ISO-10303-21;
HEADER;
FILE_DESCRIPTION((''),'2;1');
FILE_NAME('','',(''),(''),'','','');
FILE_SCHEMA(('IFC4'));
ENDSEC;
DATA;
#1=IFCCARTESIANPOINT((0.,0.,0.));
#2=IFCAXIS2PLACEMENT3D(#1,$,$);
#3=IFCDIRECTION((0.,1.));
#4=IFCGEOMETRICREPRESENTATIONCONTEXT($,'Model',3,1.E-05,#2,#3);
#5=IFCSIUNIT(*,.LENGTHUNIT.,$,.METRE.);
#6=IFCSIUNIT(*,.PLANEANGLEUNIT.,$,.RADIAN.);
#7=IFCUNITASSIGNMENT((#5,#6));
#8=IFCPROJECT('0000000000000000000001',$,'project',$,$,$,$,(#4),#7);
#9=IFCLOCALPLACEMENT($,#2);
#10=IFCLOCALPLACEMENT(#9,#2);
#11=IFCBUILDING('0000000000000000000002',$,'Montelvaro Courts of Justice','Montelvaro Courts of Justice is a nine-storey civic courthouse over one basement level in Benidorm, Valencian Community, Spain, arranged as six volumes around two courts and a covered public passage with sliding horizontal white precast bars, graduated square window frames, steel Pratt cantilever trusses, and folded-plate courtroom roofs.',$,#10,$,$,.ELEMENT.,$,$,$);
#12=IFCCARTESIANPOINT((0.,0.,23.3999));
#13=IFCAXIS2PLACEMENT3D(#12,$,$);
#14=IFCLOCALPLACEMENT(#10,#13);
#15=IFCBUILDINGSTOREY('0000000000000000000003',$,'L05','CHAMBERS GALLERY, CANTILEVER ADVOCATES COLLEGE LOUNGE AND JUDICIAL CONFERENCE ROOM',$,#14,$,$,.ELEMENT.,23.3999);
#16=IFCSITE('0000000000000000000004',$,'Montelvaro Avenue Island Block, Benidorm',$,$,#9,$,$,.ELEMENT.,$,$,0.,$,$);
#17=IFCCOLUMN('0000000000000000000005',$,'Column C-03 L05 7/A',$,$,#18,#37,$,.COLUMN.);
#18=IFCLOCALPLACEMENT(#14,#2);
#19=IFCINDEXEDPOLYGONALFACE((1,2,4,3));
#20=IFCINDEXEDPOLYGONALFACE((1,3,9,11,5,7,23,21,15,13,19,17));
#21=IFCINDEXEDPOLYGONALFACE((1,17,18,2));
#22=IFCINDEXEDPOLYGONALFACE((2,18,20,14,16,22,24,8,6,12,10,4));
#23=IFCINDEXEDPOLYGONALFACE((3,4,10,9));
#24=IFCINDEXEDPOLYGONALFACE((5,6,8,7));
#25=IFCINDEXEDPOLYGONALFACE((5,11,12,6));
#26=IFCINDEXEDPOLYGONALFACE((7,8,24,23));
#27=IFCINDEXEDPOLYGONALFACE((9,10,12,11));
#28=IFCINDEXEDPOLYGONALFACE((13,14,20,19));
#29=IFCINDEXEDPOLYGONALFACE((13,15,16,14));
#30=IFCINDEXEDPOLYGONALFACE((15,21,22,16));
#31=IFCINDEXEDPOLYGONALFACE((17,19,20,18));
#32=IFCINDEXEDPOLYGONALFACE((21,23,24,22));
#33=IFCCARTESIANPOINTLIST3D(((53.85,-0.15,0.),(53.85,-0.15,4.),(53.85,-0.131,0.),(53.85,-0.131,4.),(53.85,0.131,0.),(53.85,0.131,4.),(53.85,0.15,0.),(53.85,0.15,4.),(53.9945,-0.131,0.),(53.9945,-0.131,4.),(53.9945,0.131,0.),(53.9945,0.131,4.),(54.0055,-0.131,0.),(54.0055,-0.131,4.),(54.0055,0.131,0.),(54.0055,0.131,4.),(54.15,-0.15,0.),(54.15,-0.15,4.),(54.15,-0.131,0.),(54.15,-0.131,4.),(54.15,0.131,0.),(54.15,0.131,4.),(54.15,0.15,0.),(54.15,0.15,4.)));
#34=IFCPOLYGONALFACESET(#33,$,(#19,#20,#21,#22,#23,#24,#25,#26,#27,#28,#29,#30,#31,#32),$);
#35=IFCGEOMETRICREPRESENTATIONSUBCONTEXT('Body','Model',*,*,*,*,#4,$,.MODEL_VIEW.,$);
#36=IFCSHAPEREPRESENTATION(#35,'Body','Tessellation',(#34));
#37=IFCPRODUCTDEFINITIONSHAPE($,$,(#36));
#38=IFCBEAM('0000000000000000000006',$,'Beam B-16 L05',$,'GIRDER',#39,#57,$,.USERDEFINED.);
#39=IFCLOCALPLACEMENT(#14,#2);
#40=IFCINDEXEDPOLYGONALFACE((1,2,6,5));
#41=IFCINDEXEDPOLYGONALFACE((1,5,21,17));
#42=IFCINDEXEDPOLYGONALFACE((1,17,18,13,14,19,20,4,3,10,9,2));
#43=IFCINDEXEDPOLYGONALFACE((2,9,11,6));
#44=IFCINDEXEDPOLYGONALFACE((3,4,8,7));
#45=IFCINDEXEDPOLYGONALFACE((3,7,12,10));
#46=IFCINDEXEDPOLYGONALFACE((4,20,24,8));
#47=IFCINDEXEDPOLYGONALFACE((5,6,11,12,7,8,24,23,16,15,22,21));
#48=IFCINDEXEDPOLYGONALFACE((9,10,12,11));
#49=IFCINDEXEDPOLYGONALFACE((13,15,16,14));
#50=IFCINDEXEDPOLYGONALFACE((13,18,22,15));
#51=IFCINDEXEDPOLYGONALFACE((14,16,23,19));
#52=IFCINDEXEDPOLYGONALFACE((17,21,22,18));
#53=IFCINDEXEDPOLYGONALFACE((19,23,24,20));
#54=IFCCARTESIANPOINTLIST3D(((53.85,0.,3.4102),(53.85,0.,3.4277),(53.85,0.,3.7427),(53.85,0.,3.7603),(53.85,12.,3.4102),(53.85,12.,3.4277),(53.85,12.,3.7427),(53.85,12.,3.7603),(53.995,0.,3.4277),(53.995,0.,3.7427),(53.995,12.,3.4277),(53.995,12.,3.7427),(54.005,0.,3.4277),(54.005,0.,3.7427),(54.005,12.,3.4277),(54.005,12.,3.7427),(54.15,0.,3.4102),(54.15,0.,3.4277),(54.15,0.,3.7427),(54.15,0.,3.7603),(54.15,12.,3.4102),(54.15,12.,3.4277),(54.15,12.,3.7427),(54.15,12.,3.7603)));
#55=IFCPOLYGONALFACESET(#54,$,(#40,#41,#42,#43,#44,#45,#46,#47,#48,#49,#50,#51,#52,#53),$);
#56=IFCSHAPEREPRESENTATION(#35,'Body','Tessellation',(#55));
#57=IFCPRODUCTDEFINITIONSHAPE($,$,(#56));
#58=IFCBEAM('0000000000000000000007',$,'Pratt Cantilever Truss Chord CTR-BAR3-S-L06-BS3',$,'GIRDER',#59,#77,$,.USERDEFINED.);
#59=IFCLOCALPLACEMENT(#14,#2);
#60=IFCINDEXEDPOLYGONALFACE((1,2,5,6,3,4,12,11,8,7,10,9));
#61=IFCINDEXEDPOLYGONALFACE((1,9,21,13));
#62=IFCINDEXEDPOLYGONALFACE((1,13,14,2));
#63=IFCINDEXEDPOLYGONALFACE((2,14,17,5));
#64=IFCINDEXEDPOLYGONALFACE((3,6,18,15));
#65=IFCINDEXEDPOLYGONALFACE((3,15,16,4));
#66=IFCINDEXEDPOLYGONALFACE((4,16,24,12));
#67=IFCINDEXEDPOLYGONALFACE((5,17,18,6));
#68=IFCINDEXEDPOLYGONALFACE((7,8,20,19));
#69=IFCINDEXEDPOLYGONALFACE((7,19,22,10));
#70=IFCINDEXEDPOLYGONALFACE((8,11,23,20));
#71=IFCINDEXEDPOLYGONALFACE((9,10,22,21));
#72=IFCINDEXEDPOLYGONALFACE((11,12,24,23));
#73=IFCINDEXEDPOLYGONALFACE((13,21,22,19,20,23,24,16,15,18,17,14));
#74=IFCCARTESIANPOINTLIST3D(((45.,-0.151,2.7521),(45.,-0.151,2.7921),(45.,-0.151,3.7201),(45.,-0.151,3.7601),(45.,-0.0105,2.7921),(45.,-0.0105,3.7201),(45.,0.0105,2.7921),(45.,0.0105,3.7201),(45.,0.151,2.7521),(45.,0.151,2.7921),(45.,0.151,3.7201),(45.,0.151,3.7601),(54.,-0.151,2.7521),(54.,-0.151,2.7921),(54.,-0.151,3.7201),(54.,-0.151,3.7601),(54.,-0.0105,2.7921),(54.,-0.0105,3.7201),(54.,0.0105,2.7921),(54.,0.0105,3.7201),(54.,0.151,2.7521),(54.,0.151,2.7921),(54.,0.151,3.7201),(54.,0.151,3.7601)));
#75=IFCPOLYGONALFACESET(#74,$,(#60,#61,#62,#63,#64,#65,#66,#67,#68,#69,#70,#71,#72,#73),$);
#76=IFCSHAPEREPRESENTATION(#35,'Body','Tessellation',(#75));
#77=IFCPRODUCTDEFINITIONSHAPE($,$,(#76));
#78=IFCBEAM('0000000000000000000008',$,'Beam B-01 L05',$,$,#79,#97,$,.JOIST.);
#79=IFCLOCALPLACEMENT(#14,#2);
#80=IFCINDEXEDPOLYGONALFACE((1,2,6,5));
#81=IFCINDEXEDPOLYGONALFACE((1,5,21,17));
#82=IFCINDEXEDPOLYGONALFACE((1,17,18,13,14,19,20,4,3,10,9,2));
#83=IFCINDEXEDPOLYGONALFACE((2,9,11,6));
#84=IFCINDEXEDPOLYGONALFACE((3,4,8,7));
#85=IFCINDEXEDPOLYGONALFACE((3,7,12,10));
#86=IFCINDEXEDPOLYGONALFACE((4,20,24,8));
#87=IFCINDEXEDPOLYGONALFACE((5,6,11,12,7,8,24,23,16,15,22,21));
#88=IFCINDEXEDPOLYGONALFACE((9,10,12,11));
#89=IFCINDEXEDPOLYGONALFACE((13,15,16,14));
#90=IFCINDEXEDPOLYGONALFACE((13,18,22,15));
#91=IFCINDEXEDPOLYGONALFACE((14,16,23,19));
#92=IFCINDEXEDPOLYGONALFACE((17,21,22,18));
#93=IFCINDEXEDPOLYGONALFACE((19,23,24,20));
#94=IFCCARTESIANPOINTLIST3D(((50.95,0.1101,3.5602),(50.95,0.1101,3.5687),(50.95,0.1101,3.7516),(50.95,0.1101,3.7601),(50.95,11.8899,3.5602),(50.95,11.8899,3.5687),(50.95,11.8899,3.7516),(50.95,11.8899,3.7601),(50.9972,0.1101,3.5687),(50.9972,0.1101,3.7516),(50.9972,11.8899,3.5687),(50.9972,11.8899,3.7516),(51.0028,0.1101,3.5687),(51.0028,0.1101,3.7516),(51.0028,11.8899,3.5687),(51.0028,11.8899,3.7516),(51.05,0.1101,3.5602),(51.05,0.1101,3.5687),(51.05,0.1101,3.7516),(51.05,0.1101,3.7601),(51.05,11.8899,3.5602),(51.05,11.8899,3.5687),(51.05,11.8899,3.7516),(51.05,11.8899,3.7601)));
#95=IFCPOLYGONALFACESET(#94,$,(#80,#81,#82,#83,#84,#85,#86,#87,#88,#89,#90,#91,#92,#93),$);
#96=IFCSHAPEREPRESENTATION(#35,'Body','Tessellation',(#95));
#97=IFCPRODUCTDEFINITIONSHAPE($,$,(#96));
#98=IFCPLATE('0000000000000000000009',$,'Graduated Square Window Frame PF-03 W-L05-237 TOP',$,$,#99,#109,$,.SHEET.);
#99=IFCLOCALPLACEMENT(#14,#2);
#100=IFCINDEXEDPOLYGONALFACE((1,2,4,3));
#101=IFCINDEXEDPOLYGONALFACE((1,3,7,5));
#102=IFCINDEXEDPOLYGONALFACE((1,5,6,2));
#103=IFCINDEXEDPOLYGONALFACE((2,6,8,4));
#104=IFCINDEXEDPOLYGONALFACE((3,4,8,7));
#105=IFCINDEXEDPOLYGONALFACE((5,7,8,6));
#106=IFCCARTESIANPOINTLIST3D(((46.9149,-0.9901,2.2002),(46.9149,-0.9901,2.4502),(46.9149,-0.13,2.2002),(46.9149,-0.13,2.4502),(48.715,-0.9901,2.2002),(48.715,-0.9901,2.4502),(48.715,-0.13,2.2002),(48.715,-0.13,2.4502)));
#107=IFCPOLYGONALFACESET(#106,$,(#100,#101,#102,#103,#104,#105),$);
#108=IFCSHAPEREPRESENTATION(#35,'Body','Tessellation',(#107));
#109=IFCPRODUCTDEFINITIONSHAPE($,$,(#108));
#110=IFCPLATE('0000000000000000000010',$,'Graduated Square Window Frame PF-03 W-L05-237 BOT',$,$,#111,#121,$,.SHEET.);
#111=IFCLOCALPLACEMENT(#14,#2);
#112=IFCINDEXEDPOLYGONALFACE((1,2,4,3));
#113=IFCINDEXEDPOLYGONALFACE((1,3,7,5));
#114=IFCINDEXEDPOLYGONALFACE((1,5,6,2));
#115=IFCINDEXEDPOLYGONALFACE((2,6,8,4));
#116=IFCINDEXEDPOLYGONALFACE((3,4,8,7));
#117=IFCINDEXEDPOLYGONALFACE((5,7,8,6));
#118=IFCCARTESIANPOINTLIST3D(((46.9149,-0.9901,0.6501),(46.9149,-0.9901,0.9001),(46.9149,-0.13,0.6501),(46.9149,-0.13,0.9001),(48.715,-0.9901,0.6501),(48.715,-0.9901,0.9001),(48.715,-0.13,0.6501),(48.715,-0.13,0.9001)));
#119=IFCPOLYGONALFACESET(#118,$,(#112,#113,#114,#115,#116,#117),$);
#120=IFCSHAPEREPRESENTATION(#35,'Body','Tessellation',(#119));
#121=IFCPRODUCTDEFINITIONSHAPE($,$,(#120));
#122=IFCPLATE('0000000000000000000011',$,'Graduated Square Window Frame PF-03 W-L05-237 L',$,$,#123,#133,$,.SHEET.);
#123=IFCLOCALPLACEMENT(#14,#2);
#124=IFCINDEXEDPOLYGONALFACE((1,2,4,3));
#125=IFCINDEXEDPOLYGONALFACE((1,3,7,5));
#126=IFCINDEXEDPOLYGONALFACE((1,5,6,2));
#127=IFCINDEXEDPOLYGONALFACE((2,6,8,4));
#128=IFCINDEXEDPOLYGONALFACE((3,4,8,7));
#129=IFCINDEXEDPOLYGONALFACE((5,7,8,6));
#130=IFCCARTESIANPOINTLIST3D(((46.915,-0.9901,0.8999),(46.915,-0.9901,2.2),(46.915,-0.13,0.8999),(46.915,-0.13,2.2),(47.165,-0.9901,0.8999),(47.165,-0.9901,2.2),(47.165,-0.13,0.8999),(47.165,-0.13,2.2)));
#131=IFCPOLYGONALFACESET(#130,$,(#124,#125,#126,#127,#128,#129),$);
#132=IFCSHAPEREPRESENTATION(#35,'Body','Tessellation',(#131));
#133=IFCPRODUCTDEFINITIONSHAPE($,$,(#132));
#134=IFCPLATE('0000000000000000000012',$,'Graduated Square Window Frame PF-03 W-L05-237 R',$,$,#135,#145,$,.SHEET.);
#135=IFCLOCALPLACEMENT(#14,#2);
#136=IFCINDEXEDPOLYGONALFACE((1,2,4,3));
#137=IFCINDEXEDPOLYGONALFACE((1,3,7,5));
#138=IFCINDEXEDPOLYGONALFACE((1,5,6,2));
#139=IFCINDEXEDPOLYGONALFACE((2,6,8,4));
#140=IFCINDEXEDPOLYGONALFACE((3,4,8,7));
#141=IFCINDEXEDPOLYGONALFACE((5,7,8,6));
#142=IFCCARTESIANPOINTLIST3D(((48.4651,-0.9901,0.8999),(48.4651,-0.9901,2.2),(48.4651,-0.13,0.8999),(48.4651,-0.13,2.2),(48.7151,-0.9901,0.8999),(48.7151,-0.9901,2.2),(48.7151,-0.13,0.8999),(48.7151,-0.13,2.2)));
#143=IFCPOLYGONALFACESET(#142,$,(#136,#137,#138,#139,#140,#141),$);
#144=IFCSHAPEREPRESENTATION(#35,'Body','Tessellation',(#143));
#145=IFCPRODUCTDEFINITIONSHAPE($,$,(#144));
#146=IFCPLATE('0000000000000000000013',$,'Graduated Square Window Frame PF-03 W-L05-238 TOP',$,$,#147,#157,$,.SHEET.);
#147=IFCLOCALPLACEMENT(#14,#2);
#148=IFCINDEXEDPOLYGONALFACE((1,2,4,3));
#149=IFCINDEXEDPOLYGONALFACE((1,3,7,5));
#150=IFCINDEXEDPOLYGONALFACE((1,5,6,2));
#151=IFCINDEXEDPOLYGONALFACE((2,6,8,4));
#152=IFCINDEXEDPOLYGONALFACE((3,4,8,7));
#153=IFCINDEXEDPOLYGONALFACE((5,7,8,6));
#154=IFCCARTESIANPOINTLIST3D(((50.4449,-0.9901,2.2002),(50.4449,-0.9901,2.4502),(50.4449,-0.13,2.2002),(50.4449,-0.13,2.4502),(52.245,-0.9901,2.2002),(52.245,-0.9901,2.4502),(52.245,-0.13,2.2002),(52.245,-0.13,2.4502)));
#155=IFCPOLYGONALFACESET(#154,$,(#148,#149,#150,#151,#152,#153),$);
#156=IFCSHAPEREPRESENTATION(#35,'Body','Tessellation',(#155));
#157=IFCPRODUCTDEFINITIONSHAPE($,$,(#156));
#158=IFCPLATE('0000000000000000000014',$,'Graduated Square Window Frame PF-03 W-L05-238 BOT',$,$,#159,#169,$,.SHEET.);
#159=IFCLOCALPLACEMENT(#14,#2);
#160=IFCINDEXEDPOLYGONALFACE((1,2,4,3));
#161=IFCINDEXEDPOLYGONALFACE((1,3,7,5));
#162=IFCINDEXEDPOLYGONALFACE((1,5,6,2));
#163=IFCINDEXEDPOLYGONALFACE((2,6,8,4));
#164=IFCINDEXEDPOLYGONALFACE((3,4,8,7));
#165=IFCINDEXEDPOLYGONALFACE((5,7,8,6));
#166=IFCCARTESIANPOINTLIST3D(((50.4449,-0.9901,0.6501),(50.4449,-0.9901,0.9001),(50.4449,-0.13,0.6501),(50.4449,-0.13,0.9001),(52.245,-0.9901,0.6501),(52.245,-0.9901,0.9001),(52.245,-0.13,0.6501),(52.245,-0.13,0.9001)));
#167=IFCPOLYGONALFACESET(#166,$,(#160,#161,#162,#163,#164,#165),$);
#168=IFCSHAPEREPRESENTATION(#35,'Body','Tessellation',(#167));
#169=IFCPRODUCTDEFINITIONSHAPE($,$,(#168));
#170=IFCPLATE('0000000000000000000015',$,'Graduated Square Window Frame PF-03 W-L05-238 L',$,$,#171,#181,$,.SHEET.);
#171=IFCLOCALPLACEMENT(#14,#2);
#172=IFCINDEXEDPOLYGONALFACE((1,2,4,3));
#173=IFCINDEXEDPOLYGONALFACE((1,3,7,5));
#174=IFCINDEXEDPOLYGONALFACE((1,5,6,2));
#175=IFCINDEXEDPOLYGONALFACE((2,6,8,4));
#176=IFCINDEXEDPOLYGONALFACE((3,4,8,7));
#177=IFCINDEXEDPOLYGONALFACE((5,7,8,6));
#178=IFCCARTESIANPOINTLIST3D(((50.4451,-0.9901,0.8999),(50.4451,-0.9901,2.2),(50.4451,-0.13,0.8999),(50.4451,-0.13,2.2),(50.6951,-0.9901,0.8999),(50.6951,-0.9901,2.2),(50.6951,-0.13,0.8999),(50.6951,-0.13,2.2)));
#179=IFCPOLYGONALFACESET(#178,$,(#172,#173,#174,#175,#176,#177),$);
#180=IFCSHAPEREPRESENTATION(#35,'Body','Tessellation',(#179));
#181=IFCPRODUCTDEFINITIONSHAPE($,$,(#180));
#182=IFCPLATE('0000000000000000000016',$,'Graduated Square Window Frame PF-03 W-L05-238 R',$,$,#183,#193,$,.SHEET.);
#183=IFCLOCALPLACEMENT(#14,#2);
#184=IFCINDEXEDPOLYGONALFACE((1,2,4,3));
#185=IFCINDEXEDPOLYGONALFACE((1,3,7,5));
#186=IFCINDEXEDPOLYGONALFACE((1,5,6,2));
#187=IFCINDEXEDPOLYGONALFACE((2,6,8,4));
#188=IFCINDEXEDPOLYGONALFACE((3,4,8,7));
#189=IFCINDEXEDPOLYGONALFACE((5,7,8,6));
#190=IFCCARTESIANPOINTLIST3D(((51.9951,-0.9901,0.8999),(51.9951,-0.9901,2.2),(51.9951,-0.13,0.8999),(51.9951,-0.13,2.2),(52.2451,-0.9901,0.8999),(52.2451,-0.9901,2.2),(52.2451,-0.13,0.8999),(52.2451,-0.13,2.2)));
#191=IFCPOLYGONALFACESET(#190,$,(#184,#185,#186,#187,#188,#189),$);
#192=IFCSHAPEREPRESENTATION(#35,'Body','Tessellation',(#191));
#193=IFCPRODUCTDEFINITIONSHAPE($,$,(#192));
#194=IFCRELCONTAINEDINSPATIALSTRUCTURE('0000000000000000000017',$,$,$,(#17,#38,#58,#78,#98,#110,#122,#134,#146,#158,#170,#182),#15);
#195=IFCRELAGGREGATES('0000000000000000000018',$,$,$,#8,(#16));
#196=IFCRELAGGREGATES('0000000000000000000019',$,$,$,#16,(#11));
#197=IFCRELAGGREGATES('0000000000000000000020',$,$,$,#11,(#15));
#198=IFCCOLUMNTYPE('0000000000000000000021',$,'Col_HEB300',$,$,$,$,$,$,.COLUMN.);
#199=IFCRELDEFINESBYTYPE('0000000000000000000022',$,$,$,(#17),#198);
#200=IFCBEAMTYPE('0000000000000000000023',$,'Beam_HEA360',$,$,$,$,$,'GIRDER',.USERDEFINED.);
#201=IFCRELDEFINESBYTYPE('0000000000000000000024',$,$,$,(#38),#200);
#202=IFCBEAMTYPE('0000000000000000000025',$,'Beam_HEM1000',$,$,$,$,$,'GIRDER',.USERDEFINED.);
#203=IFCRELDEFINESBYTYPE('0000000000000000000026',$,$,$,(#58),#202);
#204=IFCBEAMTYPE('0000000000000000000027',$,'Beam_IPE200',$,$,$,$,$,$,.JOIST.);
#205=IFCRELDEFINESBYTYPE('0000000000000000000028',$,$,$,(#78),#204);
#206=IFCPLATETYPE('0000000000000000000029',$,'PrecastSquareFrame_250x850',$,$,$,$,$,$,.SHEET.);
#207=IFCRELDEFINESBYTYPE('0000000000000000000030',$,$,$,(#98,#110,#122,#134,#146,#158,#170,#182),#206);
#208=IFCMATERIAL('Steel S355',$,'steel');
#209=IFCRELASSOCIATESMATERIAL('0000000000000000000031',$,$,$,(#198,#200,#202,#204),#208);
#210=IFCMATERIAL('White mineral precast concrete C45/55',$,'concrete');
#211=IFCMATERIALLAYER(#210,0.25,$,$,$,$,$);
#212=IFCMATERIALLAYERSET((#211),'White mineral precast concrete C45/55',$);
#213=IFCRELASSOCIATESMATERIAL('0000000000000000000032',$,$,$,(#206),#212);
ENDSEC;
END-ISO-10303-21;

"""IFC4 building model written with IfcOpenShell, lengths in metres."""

from ifc_helpers import new_model, si_unit, direction, frame, origin, origin_2d, place, context, subcontext, project, spatial, rectangle, i_section, extrude, material, layer, layer_set, material_profile, profile_set, type_object, element, save


model = new_model("IFC4")

# Units and contexts
model_context = context("Model", 3, precision=1e-05, world=origin(), true_north=direction((0.0, 1.0)))
body_context = subcontext(model_context, "Body", "Model", "MODEL_VIEW")
ifc_project = project(units=[si_unit("LENGTHUNIT", "METRE"), si_unit("PLANEANGLEUNIT", "RADIAN")], contexts=[model_context])

# Site, building, storey
site_placement = place(None, origin())
site = spatial("IfcSite", under=ifc_project, at=site_placement, Name="Montelvaro Avenue Island Block, Benidorm", CompositionType="ELEMENT", RefElevation=0.0)
building_placement = place(site_placement, origin())
building = spatial("IfcBuilding", under=site, at=building_placement, Name="Montelvaro Courts of Justice", Description="Montelvaro Courts of Justice is a nine-storey civic courthouse over one basement level in Benidorm, Valencian Community, Spain, arranged as six volumes around two courts and a covered public passage with sliding horizontal white precast bars, graduated square window frames, steel Pratt cantilever trusses, and folded-plate courtroom roofs.", CompositionType="ELEMENT")
storey_placement = place(building_placement, frame((0.0, 0.0, 23.3999)))
storey = spatial("IfcBuildingStorey", under=building, at=storey_placement, Name="L05", Description="CHAMBERS GALLERY, CANTILEVER ADVOCATES COLLEGE LOUNGE AND JUDICIAL CONFERENCE ROOM", CompositionType="ELEMENT", Elevation=23.3999)

# Column
ifc_material_1 = material(Name="Steel S355", Category="steel")
ifc_material_profile_1 = material_profile(ifc_material_1, i_section(OverallWidth=0.3, OverallDepth=0.3, WebThickness=0.011, FlangeThickness=0.019, at=origin_2d()), Name="HEB 300")
ifc_profile_set_1 = profile_set([ifc_material_profile_1], Name="Steel S355")
column_type = type_object("IfcColumnType", Name="Col_HEB300", PredefinedType="COLUMN", material=ifc_profile_set_1)
column_placement = place(storey_placement, frame((54.0, 0.0, 0.0), z_axis=(0.0, 0.0, 1.0), x_axis=(1.0, 0.0, 0.0)))
element("IfcColumn", 1, at=column_placement, inside=storey, type_object=column_type, Name="Column C-03 L05 7/A", PredefinedType="COLUMN", context=body_context, shape_type="SweptSolid", body=[
    extrude(i_section(OverallWidth=0.3, OverallDepth=0.3, WebThickness=0.011, FlangeThickness=0.019, at=origin_2d()), origin(), (0.0, 0.0, 1.0), 4.0),
])

# Beams
ifc_material_profile_2 = material_profile(ifc_material_1, i_section(OverallWidth=0.3, OverallDepth=0.3501, WebThickness=0.01, FlangeThickness=0.0176, at=origin_2d()), Name="HEA 360")
ifc_profile_set_2 = profile_set([ifc_material_profile_2], Name="Steel S355")
beam_type_1 = type_object("IfcBeamType", Name="Beam_HEA360", ElementType="GIRDER", PredefinedType="USERDEFINED", material=ifc_profile_set_2)
beam_1_placement = place(storey_placement, frame((54.0, 0.0, 3.5852), z_axis=(0.0, 1.0, 0.0), x_axis=(-1.0, 0.0, 0.0)))
element("IfcBeam", 2, at=beam_1_placement, inside=storey, type_object=beam_type_1, Name="Beam B-16 L05", ObjectType="GIRDER", PredefinedType="USERDEFINED", context=body_context, shape_type="SweptSolid", body=[
    extrude(i_section(OverallWidth=0.3, OverallDepth=0.3501, WebThickness=0.01, FlangeThickness=0.0176, at=origin_2d()), origin(), (0.0, 0.0, 1.0), 12.0),
])
ifc_material_profile_3 = material_profile(ifc_material_1, i_section(OverallWidth=0.302, OverallDepth=1.0081, WebThickness=0.021, FlangeThickness=0.04, at=origin_2d()), Name="HEM 1000")
ifc_profile_set_3 = profile_set([ifc_material_profile_3], Name="Steel S355")
beam_type_2 = type_object("IfcBeamType", Name="Beam_HEM1000", ElementType="GIRDER", PredefinedType="USERDEFINED", material=ifc_profile_set_3)
beam_2_placement = place(storey_placement, frame((54.0, 0.0, 3.2561), z_axis=(-1.0, 0.0, 0.0), x_axis=(0.0, -1.0, 0.0)))
element("IfcBeam", 3, at=beam_2_placement, inside=storey, type_object=beam_type_2, Name="Pratt Cantilever Truss Chord CTR-BAR3-S-L06-BS3", ObjectType="GIRDER", PredefinedType="USERDEFINED", context=body_context, shape_type="SweptSolid", body=[
    extrude(i_section(OverallWidth=0.302, OverallDepth=1.0081, WebThickness=0.021, FlangeThickness=0.04, at=origin_2d()), origin(), (0.0, 0.0, 1.0), 9.0),
])
ifc_material_profile_4 = material_profile(ifc_material_1, i_section(OverallWidth=0.1001, OverallDepth=0.2, WebThickness=0.0056, FlangeThickness=0.0085, at=origin_2d()), Name="IPE 200")
ifc_profile_set_4 = profile_set([ifc_material_profile_4], Name="Steel S355")
beam_type_3 = type_object("IfcBeamType", Name="Beam_IPE200", PredefinedType="JOIST", material=ifc_profile_set_4)
beam_3_placement = place(storey_placement, frame((51.0, 0.1101, 3.6602), z_axis=(0.0, 1.0, 0.0), x_axis=(-1.0, 0.0, 0.0)))
element("IfcBeam", 4, at=beam_3_placement, inside=storey, type_object=beam_type_3, Name="Beam B-01 L05", PredefinedType="JOIST", context=body_context, shape_type="SweptSolid", body=[
    extrude(i_section(OverallWidth=0.1001, OverallDepth=0.2, WebThickness=0.0056, FlangeThickness=0.0085, at=origin_2d()), origin(), (0.0, 0.0, 1.0), 11.7798),
])

# Plates
ifc_material_2 = material(Name="White mineral precast concrete C45/55", Category="concrete")
ifc_layer_1 = layer(ifc_material_2, 0.25)
ifc_layer_set_1 = layer_set([ifc_layer_1], Name="White mineral precast concrete C45/55")
plate_type = type_object("IfcPlateType", Name="PrecastSquareFrame_250x850", PredefinedType="SHEET", material=ifc_layer_set_1)
for number, where, z_axis, x_axis, name in (
    (5, (47.8149, -0.5601, 2.2002), (0.0, 0.0, 1.0), (1.0, 0.0, 0.0), "Graduated Square Window Frame PF-03 W-L05-237 TOP"),
    (6, (47.8149, -0.5601, 0.6501), (0.0, 0.0, 1.0), (1.0, 0.0, 0.0), "Graduated Square Window Frame PF-03 W-L05-237 BOT"),
):
    element("IfcPlate", number, at=place(storey_placement, frame(where, z_axis=z_axis, x_axis=x_axis)), inside=storey, type_object=plate_type, Name=name, PredefinedType="SHEET", context=body_context, shape_type="SweptSolid", body=[
        extrude(rectangle(XDim=1.8, YDim=0.8601, at=origin_2d()), origin(), (0.0, 0.0, 1.0), 0.25),
    ])
for number, where, z_axis, x_axis, name in (
    (7, (47.04, -0.5601, 0.8999), (0.0, 0.0, 1.0), (1.0, 0.0, 0.0), "Graduated Square Window Frame PF-03 W-L05-237 L"),
    (8, (48.5901, -0.5601, 0.8999), (0.0, 0.0, 1.0), (1.0, 0.0, 0.0), "Graduated Square Window Frame PF-03 W-L05-237 R"),
):
    element("IfcPlate", number, at=place(storey_placement, frame(where, z_axis=z_axis, x_axis=x_axis)), inside=storey, type_object=plate_type, Name=name, PredefinedType="SHEET", context=body_context, shape_type="SweptSolid", body=[
        extrude(rectangle(XDim=0.25, YDim=0.8601, at=origin_2d()), origin(), (0.0, 0.0, 1.0), 1.3),
    ])
for number, where, z_axis, x_axis, name in (
    (9, (51.345, -0.5601, 2.2002), (0.0, 0.0, 1.0), (1.0, 0.0, 0.0), "Graduated Square Window Frame PF-03 W-L05-238 TOP"),
    (10, (51.345, -0.5601, 0.6501), (0.0, 0.0, 1.0), (1.0, 0.0, 0.0), "Graduated Square Window Frame PF-03 W-L05-238 BOT"),
):
    element("IfcPlate", number, at=place(storey_placement, frame(where, z_axis=z_axis, x_axis=x_axis)), inside=storey, type_object=plate_type, Name=name, PredefinedType="SHEET", context=body_context, shape_type="SweptSolid", body=[
        extrude(rectangle(XDim=1.8, YDim=0.8601, at=origin_2d()), origin(), (0.0, 0.0, 1.0), 0.25),
    ])
for number, where, z_axis, x_axis, name in (
    (11, (50.5701, -0.5601, 0.8999), (0.0, 0.0, 1.0), (1.0, 0.0, 0.0), "Graduated Square Window Frame PF-03 W-L05-238 L"),
    (12, (52.1201, -0.5601, 0.8999), (0.0, 0.0, 1.0), (1.0, 0.0, 0.0), "Graduated Square Window Frame PF-03 W-L05-238 R"),
):
    element("IfcPlate", number, at=place(storey_placement, frame(where, z_axis=z_axis, x_axis=x_axis)), inside=storey, type_object=plate_type, Name=name, PredefinedType="SHEET", context=body_context, shape_type="SweptSolid", body=[
        extrude(rectangle(XDim=0.25, YDim=0.8601, at=origin_2d()), origin(), (0.0, 0.0, 1.0), 1.3),
    ])

save(model, "model.ifc")
